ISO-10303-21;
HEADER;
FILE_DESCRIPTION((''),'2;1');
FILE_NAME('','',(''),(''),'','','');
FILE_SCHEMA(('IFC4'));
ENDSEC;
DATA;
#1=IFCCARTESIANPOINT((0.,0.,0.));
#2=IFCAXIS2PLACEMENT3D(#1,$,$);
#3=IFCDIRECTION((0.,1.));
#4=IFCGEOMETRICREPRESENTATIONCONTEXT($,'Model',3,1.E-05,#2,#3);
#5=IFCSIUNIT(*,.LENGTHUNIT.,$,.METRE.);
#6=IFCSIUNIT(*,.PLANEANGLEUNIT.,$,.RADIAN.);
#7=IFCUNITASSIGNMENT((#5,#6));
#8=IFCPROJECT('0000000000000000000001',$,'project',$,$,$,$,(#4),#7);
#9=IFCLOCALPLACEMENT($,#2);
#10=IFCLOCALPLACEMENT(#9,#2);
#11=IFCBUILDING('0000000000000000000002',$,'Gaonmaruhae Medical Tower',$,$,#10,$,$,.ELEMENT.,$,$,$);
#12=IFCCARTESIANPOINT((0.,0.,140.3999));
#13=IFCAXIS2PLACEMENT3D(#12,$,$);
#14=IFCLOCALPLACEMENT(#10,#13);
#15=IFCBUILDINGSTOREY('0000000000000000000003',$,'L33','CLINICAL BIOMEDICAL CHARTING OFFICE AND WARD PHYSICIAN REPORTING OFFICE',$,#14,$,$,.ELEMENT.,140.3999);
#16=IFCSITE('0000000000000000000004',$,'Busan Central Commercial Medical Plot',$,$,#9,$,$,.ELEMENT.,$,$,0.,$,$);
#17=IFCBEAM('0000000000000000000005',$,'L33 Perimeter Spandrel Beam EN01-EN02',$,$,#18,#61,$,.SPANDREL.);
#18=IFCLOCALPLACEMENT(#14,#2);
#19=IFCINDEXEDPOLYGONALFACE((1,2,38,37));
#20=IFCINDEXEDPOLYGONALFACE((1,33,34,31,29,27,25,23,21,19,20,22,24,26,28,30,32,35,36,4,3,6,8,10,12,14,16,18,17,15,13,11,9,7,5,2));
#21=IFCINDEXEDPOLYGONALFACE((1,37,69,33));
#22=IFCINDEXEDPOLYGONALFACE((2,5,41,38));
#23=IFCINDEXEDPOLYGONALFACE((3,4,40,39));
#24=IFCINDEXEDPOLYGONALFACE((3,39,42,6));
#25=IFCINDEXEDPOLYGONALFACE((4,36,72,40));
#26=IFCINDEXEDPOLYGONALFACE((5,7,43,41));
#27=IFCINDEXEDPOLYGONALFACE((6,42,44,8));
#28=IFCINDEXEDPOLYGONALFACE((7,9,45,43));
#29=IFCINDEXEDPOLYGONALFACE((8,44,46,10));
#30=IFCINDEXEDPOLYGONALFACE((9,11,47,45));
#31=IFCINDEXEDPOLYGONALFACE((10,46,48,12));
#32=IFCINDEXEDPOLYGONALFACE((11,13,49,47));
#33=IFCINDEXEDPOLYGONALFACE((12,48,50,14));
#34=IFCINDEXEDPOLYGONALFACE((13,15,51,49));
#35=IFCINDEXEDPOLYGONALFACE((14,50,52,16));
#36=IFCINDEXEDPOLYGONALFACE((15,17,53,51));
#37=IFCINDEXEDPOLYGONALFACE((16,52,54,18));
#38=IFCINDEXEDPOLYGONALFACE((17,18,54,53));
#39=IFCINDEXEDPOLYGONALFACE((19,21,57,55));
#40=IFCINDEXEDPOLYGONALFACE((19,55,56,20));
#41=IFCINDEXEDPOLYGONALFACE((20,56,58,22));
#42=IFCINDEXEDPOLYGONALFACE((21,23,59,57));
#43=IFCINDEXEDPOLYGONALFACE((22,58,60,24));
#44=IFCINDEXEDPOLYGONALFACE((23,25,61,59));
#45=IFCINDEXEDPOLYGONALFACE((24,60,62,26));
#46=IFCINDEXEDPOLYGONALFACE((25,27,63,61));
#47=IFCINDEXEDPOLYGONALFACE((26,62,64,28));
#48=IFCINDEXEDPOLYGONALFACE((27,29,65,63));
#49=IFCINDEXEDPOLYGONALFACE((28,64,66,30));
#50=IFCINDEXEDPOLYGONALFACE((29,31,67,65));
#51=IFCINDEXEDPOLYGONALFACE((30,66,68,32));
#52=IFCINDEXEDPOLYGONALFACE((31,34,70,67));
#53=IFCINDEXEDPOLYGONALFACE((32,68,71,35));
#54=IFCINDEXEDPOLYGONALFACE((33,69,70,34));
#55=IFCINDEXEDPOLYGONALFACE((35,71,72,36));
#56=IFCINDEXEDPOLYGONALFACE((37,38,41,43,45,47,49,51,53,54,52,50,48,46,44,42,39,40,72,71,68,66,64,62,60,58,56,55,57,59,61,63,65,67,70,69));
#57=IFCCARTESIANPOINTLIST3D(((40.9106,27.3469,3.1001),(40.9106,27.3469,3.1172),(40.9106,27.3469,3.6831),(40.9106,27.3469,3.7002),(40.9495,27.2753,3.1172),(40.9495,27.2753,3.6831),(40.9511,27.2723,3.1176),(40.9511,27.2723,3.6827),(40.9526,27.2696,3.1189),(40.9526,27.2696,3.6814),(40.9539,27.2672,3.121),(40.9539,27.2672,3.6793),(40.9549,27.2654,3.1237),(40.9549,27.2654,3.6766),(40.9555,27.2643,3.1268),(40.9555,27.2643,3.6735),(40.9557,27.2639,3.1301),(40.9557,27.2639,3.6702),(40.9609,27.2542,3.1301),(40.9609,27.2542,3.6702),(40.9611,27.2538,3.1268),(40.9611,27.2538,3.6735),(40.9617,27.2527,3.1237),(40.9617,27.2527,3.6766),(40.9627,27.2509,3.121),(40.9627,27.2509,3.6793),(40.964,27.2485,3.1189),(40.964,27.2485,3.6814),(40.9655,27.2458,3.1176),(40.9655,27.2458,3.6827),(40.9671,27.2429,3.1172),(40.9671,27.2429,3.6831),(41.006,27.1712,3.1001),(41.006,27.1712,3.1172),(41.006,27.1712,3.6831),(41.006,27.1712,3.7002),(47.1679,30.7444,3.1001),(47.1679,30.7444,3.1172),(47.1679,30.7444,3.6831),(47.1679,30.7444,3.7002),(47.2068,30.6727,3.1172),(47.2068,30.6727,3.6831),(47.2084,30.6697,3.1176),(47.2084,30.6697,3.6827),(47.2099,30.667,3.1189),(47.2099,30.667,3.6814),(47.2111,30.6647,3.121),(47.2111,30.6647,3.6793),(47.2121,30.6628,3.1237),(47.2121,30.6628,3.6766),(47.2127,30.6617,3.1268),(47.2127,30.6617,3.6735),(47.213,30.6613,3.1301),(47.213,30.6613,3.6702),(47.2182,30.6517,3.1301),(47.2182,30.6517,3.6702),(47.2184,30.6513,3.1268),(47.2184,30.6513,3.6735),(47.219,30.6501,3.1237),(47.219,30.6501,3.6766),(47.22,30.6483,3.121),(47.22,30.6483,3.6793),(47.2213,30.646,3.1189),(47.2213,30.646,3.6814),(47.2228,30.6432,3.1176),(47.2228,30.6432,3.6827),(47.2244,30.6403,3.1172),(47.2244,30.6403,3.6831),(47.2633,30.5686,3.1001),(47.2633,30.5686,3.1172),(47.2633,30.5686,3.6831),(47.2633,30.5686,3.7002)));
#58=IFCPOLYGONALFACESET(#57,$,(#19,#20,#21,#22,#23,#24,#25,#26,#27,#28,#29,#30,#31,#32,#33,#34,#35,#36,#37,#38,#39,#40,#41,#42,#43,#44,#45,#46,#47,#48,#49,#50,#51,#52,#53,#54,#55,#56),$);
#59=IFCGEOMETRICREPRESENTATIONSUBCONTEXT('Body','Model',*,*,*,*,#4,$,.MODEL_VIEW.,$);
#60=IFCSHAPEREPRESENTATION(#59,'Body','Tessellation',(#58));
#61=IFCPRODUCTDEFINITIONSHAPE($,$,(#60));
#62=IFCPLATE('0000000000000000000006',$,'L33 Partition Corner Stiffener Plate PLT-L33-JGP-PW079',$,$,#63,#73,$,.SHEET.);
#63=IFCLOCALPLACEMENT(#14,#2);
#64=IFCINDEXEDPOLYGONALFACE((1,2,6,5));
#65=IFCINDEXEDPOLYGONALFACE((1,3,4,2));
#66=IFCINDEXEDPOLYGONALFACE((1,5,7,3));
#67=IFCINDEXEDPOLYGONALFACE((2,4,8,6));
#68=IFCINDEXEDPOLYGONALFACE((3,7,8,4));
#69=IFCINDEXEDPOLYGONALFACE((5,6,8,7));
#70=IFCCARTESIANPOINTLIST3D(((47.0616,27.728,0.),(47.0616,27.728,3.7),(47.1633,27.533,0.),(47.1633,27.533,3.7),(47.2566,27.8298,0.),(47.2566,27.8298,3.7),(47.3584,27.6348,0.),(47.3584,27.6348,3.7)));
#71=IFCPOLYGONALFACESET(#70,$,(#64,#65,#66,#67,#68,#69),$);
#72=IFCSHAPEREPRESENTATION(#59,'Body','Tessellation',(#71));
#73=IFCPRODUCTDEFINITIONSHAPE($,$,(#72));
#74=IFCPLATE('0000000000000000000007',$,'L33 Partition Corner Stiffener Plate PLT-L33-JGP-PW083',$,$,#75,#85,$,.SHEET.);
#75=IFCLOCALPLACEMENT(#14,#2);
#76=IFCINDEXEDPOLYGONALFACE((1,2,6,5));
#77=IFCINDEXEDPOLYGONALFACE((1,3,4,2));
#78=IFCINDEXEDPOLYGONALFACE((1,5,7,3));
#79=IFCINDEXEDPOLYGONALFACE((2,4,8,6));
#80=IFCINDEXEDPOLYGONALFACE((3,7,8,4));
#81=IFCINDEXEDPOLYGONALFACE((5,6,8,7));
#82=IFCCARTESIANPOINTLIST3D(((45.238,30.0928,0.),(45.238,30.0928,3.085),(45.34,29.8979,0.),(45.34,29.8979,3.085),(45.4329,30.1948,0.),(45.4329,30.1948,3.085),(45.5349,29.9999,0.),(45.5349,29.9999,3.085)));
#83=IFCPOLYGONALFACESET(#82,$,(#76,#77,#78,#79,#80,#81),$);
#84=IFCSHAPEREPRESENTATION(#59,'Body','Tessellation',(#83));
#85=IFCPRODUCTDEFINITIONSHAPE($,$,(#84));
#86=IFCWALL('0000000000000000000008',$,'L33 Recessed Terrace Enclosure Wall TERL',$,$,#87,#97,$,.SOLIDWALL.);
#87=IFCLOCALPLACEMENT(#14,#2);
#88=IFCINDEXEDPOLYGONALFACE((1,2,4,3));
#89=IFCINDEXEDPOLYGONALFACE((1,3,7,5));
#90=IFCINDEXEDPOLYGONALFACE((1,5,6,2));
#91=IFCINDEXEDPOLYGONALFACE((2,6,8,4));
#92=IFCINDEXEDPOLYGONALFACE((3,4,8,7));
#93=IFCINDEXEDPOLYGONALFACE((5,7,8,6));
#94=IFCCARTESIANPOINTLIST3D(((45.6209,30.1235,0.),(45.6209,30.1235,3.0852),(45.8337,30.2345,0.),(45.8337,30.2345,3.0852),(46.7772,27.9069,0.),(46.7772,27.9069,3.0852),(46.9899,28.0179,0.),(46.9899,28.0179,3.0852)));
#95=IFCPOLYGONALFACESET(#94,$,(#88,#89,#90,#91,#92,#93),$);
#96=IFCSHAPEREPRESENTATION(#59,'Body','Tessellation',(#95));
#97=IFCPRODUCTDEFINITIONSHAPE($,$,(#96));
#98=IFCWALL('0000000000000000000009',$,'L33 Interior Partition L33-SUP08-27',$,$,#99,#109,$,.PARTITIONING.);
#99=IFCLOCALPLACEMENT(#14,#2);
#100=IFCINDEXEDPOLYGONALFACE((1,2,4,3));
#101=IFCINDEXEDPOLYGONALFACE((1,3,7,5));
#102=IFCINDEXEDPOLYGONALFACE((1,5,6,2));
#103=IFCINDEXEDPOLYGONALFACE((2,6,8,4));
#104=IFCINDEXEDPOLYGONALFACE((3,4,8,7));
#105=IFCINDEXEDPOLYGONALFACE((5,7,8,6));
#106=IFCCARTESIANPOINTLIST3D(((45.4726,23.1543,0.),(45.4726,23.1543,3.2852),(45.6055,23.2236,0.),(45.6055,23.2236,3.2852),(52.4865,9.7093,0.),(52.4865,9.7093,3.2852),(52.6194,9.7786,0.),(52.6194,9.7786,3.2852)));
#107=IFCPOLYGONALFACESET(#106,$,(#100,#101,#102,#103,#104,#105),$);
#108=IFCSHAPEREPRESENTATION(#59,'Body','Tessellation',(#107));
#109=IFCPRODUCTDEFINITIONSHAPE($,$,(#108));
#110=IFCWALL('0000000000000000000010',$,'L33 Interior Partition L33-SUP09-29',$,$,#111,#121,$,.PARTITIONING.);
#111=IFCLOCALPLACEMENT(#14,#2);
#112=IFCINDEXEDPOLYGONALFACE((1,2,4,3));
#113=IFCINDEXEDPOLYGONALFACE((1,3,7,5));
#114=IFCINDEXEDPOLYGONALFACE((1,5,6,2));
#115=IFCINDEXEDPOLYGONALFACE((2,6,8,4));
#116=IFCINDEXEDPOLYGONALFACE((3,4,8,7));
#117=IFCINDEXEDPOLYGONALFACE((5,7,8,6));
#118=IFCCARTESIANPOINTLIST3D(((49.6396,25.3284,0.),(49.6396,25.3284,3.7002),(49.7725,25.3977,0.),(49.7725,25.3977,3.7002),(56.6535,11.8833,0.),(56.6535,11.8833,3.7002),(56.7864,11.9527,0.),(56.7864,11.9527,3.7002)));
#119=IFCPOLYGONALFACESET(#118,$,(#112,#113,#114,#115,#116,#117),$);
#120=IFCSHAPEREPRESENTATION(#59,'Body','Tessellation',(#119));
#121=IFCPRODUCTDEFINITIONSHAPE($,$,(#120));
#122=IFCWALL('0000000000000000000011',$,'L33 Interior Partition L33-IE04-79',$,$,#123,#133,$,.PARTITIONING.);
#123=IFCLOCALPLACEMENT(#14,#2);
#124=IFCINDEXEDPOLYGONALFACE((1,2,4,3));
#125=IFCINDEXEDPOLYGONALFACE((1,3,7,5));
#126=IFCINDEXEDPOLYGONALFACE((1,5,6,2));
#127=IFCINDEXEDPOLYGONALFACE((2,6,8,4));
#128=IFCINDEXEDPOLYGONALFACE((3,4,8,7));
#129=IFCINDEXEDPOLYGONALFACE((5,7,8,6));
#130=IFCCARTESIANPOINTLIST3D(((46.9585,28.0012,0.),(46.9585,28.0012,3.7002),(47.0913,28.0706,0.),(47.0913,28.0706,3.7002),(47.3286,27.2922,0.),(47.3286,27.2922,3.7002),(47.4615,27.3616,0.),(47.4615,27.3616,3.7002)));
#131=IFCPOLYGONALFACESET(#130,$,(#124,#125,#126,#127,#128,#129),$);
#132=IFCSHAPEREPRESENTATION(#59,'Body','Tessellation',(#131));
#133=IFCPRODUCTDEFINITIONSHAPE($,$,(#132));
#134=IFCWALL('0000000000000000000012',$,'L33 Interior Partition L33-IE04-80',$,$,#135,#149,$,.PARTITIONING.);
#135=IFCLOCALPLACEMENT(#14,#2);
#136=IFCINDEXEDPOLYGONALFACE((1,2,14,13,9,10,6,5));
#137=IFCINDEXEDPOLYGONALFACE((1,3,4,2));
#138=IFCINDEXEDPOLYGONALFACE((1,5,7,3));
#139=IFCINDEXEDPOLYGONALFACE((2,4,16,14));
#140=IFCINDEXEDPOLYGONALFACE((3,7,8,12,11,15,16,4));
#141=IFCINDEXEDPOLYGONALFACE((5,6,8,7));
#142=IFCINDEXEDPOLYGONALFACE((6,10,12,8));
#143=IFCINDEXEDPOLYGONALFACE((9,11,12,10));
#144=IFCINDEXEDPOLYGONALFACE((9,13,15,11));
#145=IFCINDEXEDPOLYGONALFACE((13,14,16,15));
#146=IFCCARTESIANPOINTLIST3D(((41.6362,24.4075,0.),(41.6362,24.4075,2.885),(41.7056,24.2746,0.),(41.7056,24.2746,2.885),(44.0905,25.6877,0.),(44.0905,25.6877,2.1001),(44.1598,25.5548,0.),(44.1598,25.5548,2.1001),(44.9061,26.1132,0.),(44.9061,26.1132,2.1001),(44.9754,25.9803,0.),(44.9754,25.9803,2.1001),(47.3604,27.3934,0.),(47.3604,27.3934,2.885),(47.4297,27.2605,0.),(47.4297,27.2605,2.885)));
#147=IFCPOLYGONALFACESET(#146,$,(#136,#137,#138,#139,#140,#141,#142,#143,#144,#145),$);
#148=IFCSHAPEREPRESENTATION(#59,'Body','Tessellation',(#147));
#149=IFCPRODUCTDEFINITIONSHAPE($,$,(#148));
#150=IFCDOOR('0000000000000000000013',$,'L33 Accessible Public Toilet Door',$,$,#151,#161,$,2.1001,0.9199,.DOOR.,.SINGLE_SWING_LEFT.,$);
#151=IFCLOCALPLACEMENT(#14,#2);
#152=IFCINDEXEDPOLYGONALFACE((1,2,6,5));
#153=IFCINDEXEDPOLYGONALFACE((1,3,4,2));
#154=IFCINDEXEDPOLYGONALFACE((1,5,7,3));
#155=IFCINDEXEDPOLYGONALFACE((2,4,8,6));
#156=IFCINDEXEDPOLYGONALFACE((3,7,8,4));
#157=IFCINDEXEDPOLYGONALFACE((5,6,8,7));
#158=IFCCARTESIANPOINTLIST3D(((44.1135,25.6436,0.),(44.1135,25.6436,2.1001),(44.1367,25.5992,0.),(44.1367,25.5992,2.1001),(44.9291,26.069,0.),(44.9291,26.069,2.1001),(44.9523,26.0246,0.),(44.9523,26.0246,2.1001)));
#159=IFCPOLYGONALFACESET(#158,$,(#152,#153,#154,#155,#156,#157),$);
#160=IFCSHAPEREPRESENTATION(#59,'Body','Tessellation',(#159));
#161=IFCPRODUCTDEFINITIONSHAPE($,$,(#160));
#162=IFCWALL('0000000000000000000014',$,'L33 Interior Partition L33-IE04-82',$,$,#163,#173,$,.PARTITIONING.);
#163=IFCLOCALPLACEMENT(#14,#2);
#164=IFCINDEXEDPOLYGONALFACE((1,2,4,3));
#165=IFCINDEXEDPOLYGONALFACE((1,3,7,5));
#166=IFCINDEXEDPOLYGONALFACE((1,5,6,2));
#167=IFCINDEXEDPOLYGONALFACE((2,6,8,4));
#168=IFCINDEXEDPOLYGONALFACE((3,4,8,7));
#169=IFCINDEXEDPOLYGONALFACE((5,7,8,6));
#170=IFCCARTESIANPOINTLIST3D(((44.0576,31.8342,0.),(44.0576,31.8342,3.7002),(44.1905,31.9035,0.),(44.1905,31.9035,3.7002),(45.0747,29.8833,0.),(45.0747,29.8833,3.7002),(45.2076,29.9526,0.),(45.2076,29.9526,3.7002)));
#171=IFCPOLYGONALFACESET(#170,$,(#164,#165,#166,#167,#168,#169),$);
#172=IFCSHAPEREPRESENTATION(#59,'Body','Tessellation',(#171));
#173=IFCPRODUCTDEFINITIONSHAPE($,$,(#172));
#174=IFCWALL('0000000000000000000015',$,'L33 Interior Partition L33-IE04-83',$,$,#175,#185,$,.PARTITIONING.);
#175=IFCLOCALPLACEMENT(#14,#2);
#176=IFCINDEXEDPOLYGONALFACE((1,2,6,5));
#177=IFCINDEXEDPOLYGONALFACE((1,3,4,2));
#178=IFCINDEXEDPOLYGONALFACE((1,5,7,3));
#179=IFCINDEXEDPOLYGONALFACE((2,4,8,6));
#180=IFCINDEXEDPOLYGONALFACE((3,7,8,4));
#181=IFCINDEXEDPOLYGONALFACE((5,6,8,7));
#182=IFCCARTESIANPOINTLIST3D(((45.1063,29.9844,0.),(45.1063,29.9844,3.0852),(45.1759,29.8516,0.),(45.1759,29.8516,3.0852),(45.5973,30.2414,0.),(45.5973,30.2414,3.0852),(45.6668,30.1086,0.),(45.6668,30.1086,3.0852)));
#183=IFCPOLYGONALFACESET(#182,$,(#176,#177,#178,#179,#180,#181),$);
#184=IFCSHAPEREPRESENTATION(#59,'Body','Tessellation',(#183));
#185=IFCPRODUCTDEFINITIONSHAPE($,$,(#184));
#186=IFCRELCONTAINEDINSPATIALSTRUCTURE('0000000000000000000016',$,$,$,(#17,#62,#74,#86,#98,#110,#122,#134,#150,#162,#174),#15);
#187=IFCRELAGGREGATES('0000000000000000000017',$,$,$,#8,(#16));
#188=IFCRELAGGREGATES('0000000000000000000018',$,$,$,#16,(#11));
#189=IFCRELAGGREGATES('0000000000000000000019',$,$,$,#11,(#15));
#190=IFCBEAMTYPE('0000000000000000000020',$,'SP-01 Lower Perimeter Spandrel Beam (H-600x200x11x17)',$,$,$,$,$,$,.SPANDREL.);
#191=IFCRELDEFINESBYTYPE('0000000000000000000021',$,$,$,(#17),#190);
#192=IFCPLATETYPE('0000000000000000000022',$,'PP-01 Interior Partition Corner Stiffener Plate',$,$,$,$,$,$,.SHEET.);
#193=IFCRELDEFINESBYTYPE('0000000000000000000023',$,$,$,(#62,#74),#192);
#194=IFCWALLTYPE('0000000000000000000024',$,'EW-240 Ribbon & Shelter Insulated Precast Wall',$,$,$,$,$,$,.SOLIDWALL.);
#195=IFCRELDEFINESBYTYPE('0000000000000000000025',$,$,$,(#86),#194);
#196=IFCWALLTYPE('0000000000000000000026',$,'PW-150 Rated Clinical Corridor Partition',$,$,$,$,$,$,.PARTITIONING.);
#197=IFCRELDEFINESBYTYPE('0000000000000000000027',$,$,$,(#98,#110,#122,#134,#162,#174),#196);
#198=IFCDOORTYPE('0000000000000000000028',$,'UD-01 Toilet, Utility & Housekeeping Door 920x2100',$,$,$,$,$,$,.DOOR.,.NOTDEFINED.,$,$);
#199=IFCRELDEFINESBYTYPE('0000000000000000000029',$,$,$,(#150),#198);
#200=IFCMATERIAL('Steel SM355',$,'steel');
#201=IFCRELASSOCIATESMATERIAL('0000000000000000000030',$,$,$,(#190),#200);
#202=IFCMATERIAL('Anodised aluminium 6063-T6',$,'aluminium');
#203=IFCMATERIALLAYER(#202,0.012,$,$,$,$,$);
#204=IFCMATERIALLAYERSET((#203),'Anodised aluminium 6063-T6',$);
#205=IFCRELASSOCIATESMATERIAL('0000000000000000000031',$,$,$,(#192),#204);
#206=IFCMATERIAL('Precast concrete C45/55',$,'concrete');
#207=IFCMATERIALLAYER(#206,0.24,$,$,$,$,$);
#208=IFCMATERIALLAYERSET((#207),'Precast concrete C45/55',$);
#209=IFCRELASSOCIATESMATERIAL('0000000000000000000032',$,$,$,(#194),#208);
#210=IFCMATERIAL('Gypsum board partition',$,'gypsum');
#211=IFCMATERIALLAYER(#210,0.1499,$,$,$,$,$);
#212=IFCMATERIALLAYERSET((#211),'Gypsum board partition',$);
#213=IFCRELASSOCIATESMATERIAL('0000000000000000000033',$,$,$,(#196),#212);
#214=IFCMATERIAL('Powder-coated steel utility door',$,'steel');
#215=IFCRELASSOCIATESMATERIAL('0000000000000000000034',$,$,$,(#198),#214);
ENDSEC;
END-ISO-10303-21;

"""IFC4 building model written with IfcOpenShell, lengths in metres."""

from ifc_helpers import new_model, si_unit, direction, frame, frame_2d, origin, origin_2d, place, context, subcontext, project, spatial, rectangle, i_section, extrude, material, layer, layer_set, material_profile, profile_set, type_object, element, fill, save


model = new_model("IFC4")

# Units and contexts
model_context = context("Model", 3, precision=1e-05, world=origin(), true_north=direction((0.0, 1.0)))
body_context = subcontext(model_context, "Body", "Model", "MODEL_VIEW")
ifc_project = project(units=[si_unit("LENGTHUNIT", "METRE"), si_unit("PLANEANGLEUNIT", "RADIAN")], contexts=[model_context])

# Site, building, storey
site_placement = place(None, origin())
site = spatial("IfcSite", under=ifc_project, at=site_placement, Name="Busan Central Commercial Medical Plot", CompositionType="ELEMENT", RefElevation=0.0)
building_placement = place(site_placement, origin())
building = spatial("IfcBuilding", under=site, at=building_placement, Name="Gaonmaruhae Medical Tower", CompositionType="ELEMENT")
storey_placement = place(building_placement, frame((0.0, 0.0, 140.3999)))
storey = spatial("IfcBuildingStorey", under=building, at=storey_placement, Name="L33", Description="CLINICAL BIOMEDICAL CHARTING OFFICE AND WARD PHYSICIAN REPORTING OFFICE", CompositionType="ELEMENT", Elevation=140.3999)

# Beam
ifc_material_1 = material(Name="Steel SM355", Category="steel")
ifc_material_profile_1 = material_profile(ifc_material_1, i_section(OverallWidth=0.2, OverallDepth=0.6001, WebThickness=0.011, FlangeThickness=0.0171, FilletRadius=0.0129, at=origin_2d()), Name="H-600x200x11x17")
ifc_profile_set_1 = profile_set([ifc_material_profile_1], Name="Steel SM355")
beam_type_1 = type_object("IfcBeamType", Name="SP-01 Lower Perimeter Spandrel Beam (H-600x200x11x17)", PredefinedType="SPANDREL", material=ifc_profile_set_1)
beam_1_placement = place(storey_placement, frame((47.2156, 30.6565, 3.4001), z_axis=(-0.878816, -0.47716, 0.0), x_axis=(0.47716, -0.878816, 0.0)))
element("IfcBeam", 1, at=beam_1_placement, inside=storey, type_object=beam_type_1, Name="L33 Perimeter Spandrel Beam EN01-EN02", PredefinedType="SPANDREL", context=body_context, shape_type="SweptSolid", body=[
    extrude(i_section(OverallWidth=0.2, OverallDepth=0.6001, WebThickness=0.011, FlangeThickness=0.0171, FilletRadius=0.0129, at=origin_2d()), origin(), (0.0, 0.0, 1.0), 7.1201),
])

# Plates
ifc_material_2 = material(Name="Anodised aluminium 6063-T6", Category="aluminium")
ifc_layer_1 = layer(ifc_material_2, 0.012)
ifc_layer_set_1 = layer_set([ifc_layer_1], Name="Anodised aluminium 6063-T6")
plate_type = type_object("IfcPlateType", Name="PP-01 Interior Partition Corner Stiffener Plate", PredefinedType="SHEET", material=ifc_layer_set_1)
plate_1_placement = place(storey_placement, frame((47.21, 27.6814, 0.0), z_axis=(0.0, 0.0, 1.0), x_axis=(0.462646, -0.886543, 0.0)))
element("IfcPlate", 2, at=plate_1_placement, inside=storey, type_object=plate_type, Name="L33 Partition Corner Stiffener Plate PLT-L33-JGP-PW079", PredefinedType="SHEET", context=body_context, shape_type="SweptSolid", body=[
    extrude(rectangle(XDim=0.22, YDim=0.22, at=origin_2d()), origin(), (0.0, 0.0, 1.0), 3.7),
])
plate_2_placement = place(storey_placement, frame((45.3865, 30.0464, 0.0), z_axis=(0.0, 0.0, 1.0), x_axis=(0.885969, 0.463745, 0.0)))
element("IfcPlate", 3, at=plate_2_placement, inside=storey, type_object=plate_type, Name="L33 Partition Corner Stiffener Plate PLT-L33-JGP-PW083", PredefinedType="SHEET", context=body_context, shape_type="SweptSolid", body=[
    extrude(rectangle(XDim=0.22, YDim=0.22, at=origin_2d()), origin(), (0.0, 0.0, 1.0), 3.085),
])

# Shared definitions
ifc_material_3 = material(Name="Precast concrete C45/55", Category="concrete")
ifc_layer_2 = layer(ifc_material_3, 0.24)
ifc_layer_set_2 = layer_set([ifc_layer_2], Name="Precast concrete C45/55")
wall_type_1 = type_object("IfcWallType", Name="EW-240 Ribbon & Shelter Insulated Precast Wall", PredefinedType="SOLIDWALL", material=ifc_layer_set_2)

# Walls
wall_1_placement = place(storey_placement, frame((45.7273, 30.179, 0.0), z_axis=(0.0, 0.0, 1.0), x_axis=(0.462499, -0.88662, 0.0)))
element("IfcWall", 4, at=wall_1_placement, inside=storey, type_object=wall_type_1, Name="L33 Recessed Terrace Enclosure Wall TERL", PredefinedType="SOLIDWALL", context=body_context, shape_type="SweptSolid", body=[
    extrude(rectangle(XDim=2.5, YDim=0.24, at=frame_2d((1.25, 0.0))), origin(), (0.0, 0.0, 1.0), 3.0852),
])
ifc_material_4 = material(Name="Gypsum board partition", Category="gypsum")
ifc_layer_3 = layer(ifc_material_4, 0.1499)
ifc_layer_set_3 = layer_set([ifc_layer_3], Name="Gypsum board partition")
wall_type_2 = type_object("IfcWallType", Name="PW-150 Rated Clinical Corridor Partition", PredefinedType="PARTITIONING", material=ifc_layer_set_3)
wall_2_placement = place(storey_placement, frame((45.5391, 23.189, 0.0), z_axis=(0.0, 0.0, 1.0), x_axis=(0.462519, -0.886609, 0.0)))
element("IfcWall", 5, at=wall_2_placement, inside=storey, type_object=wall_type_2, Name="L33 Interior Partition L33-SUP08-27", PredefinedType="PARTITIONING", context=body_context, shape_type="SweptSolid", body=[
    extrude(rectangle(XDim=15.1646, YDim=0.1499, at=frame_2d((7.5823, 0.0))), origin(), (0.0, 0.0, 1.0), 3.2852),
])

# Wall
wall_3_placement = place(storey_placement, frame((49.7061, 25.363, 0.0), z_axis=(0.0, 0.0, 1.0), x_axis=(0.462519, -0.886609, 0.0)))
element("IfcWall", 6, at=wall_3_placement, inside=storey, type_object=wall_type_2, Name="L33 Interior Partition L33-SUP09-29", PredefinedType="PARTITIONING", context=body_context, shape_type="SweptSolid", body=[
    extrude(rectangle(XDim=15.1646, YDim=0.1499, at=frame_2d((7.5823, 0.0))), origin(), (0.0, 0.0, 1.0), 3.7002),
])

# Wall
wall_4_placement = place(storey_placement, frame((47.0249, 28.0359, 0.0), z_axis=(0.0, 0.0, 1.0), x_axis=(0.462775, -0.886476, 0.0)))
element("IfcWall", 7, at=wall_4_placement, inside=storey, type_object=wall_type_2, Name="L33 Interior Partition L33-IE04-79", PredefinedType="PARTITIONING", context=body_context, shape_type="SweptSolid", body=[
    extrude(rectangle(XDim=0.7998, YDim=0.1499, at=frame_2d((0.3999, 0.0))), origin(), (0.0, 0.0, 1.0), 3.7002),
])

# Wall, opening, door
wall_5_placement = place(storey_placement, frame((47.395, 27.3269, 0.0), z_axis=(0.0, 0.0, 1.0), x_axis=(-0.886627, -0.462486, 0.0)))
wall_5 = element("IfcWall", 8, at=wall_5_placement, inside=storey, type_object=wall_type_2, Name="L33 Interior Partition L33-IE04-80", PredefinedType="PARTITIONING", context=body_context, shape_type="SweptSolid", body=[
    extrude(rectangle(XDim=6.4561, YDim=0.1499, at=frame_2d((3.228, 0.0))), origin(), (0.0, 0.0, 1.0), 2.885),
])
opening_1_placement = place(wall_5_placement, frame((2.7681, 0.0, 0.0)))
opening_1 = element("IfcOpeningElement", 9, at=opening_1_placement, cuts=wall_5, PredefinedType="OPENING", context=body_context, shape_type="SweptSolid", body=[
    extrude(rectangle(XDim=0.9199, YDim=2.1001, at=frame_2d((0.46, 1.05))), frame((0.0, 0.085, 0.0), z_axis=(0.0, -1.0, 0.0), x_axis=(1.0, 0.0, 0.0)), (0.0, 0.0, 1.0), 0.1699),
])
ifc_material_5 = material(Name="Powder-coated steel utility door", Category="steel")
door_type_1 = type_object("IfcDoorType", Name="UD-01 Toilet, Utility & Housekeeping Door 920x2100", OperationType="NOTDEFINED", PredefinedType="DOOR", material=ifc_material_5)
door_1_placement = place(opening_1_placement, origin())
door_1 = element("IfcDoor", 10, at=door_1_placement, inside=storey, type_object=door_type_1, Name="L33 Accessible Public Toilet Door", OperationType="SINGLE_SWING_LEFT", OverallHeight=2.1001, OverallWidth=0.9199, PredefinedType="DOOR", context=body_context, shape_type="SweptSolid", body=[
    extrude(rectangle(XDim=0.9199, YDim=2.1001, at=frame_2d((0.46, 1.05))), frame((0.0, 0.0249, 0.0), z_axis=(0.0, -1.0, 0.0), x_axis=(1.0, 0.0, 0.0)), (0.0, 0.0, 1.0), 0.05),
])
fill(opening_1, door_1)

# Walls
wall_6_placement = place(storey_placement, frame((44.124, 31.8689, 0.0), z_axis=(0.0, 0.0, 1.0), x_axis=(0.462285, -0.886731, 0.0)))
element("IfcWall", 11, at=wall_6_placement, inside=storey, type_object=wall_type_2, Name="L33 Interior Partition L33-IE04-82", PredefinedType="PARTITIONING", context=body_context, shape_type="SweptSolid", body=[
    extrude(rectangle(XDim=2.2002, YDim=0.1499, at=frame_2d((1.1001, 0.0))), origin(), (0.0, 0.0, 1.0), 3.7002),
])
wall_7_placement = place(storey_placement, frame((45.1411, 29.918, 0.0), z_axis=(0.0, 0.0, 1.0), x_axis=(0.885901, 0.463875, 0.0)))
element("IfcWall", 12, at=wall_7_placement, inside=storey, type_object=wall_type_2, Name="L33 Interior Partition L33-IE04-83", PredefinedType="PARTITIONING", context=body_context, shape_type="SweptSolid", body=[
    extrude(rectangle(XDim=0.5542, YDim=0.1499, at=frame_2d((0.2771, 0.0))), origin(), (0.0, 0.0, 1.0), 3.0852),
])

save(model, "model.ifc")
